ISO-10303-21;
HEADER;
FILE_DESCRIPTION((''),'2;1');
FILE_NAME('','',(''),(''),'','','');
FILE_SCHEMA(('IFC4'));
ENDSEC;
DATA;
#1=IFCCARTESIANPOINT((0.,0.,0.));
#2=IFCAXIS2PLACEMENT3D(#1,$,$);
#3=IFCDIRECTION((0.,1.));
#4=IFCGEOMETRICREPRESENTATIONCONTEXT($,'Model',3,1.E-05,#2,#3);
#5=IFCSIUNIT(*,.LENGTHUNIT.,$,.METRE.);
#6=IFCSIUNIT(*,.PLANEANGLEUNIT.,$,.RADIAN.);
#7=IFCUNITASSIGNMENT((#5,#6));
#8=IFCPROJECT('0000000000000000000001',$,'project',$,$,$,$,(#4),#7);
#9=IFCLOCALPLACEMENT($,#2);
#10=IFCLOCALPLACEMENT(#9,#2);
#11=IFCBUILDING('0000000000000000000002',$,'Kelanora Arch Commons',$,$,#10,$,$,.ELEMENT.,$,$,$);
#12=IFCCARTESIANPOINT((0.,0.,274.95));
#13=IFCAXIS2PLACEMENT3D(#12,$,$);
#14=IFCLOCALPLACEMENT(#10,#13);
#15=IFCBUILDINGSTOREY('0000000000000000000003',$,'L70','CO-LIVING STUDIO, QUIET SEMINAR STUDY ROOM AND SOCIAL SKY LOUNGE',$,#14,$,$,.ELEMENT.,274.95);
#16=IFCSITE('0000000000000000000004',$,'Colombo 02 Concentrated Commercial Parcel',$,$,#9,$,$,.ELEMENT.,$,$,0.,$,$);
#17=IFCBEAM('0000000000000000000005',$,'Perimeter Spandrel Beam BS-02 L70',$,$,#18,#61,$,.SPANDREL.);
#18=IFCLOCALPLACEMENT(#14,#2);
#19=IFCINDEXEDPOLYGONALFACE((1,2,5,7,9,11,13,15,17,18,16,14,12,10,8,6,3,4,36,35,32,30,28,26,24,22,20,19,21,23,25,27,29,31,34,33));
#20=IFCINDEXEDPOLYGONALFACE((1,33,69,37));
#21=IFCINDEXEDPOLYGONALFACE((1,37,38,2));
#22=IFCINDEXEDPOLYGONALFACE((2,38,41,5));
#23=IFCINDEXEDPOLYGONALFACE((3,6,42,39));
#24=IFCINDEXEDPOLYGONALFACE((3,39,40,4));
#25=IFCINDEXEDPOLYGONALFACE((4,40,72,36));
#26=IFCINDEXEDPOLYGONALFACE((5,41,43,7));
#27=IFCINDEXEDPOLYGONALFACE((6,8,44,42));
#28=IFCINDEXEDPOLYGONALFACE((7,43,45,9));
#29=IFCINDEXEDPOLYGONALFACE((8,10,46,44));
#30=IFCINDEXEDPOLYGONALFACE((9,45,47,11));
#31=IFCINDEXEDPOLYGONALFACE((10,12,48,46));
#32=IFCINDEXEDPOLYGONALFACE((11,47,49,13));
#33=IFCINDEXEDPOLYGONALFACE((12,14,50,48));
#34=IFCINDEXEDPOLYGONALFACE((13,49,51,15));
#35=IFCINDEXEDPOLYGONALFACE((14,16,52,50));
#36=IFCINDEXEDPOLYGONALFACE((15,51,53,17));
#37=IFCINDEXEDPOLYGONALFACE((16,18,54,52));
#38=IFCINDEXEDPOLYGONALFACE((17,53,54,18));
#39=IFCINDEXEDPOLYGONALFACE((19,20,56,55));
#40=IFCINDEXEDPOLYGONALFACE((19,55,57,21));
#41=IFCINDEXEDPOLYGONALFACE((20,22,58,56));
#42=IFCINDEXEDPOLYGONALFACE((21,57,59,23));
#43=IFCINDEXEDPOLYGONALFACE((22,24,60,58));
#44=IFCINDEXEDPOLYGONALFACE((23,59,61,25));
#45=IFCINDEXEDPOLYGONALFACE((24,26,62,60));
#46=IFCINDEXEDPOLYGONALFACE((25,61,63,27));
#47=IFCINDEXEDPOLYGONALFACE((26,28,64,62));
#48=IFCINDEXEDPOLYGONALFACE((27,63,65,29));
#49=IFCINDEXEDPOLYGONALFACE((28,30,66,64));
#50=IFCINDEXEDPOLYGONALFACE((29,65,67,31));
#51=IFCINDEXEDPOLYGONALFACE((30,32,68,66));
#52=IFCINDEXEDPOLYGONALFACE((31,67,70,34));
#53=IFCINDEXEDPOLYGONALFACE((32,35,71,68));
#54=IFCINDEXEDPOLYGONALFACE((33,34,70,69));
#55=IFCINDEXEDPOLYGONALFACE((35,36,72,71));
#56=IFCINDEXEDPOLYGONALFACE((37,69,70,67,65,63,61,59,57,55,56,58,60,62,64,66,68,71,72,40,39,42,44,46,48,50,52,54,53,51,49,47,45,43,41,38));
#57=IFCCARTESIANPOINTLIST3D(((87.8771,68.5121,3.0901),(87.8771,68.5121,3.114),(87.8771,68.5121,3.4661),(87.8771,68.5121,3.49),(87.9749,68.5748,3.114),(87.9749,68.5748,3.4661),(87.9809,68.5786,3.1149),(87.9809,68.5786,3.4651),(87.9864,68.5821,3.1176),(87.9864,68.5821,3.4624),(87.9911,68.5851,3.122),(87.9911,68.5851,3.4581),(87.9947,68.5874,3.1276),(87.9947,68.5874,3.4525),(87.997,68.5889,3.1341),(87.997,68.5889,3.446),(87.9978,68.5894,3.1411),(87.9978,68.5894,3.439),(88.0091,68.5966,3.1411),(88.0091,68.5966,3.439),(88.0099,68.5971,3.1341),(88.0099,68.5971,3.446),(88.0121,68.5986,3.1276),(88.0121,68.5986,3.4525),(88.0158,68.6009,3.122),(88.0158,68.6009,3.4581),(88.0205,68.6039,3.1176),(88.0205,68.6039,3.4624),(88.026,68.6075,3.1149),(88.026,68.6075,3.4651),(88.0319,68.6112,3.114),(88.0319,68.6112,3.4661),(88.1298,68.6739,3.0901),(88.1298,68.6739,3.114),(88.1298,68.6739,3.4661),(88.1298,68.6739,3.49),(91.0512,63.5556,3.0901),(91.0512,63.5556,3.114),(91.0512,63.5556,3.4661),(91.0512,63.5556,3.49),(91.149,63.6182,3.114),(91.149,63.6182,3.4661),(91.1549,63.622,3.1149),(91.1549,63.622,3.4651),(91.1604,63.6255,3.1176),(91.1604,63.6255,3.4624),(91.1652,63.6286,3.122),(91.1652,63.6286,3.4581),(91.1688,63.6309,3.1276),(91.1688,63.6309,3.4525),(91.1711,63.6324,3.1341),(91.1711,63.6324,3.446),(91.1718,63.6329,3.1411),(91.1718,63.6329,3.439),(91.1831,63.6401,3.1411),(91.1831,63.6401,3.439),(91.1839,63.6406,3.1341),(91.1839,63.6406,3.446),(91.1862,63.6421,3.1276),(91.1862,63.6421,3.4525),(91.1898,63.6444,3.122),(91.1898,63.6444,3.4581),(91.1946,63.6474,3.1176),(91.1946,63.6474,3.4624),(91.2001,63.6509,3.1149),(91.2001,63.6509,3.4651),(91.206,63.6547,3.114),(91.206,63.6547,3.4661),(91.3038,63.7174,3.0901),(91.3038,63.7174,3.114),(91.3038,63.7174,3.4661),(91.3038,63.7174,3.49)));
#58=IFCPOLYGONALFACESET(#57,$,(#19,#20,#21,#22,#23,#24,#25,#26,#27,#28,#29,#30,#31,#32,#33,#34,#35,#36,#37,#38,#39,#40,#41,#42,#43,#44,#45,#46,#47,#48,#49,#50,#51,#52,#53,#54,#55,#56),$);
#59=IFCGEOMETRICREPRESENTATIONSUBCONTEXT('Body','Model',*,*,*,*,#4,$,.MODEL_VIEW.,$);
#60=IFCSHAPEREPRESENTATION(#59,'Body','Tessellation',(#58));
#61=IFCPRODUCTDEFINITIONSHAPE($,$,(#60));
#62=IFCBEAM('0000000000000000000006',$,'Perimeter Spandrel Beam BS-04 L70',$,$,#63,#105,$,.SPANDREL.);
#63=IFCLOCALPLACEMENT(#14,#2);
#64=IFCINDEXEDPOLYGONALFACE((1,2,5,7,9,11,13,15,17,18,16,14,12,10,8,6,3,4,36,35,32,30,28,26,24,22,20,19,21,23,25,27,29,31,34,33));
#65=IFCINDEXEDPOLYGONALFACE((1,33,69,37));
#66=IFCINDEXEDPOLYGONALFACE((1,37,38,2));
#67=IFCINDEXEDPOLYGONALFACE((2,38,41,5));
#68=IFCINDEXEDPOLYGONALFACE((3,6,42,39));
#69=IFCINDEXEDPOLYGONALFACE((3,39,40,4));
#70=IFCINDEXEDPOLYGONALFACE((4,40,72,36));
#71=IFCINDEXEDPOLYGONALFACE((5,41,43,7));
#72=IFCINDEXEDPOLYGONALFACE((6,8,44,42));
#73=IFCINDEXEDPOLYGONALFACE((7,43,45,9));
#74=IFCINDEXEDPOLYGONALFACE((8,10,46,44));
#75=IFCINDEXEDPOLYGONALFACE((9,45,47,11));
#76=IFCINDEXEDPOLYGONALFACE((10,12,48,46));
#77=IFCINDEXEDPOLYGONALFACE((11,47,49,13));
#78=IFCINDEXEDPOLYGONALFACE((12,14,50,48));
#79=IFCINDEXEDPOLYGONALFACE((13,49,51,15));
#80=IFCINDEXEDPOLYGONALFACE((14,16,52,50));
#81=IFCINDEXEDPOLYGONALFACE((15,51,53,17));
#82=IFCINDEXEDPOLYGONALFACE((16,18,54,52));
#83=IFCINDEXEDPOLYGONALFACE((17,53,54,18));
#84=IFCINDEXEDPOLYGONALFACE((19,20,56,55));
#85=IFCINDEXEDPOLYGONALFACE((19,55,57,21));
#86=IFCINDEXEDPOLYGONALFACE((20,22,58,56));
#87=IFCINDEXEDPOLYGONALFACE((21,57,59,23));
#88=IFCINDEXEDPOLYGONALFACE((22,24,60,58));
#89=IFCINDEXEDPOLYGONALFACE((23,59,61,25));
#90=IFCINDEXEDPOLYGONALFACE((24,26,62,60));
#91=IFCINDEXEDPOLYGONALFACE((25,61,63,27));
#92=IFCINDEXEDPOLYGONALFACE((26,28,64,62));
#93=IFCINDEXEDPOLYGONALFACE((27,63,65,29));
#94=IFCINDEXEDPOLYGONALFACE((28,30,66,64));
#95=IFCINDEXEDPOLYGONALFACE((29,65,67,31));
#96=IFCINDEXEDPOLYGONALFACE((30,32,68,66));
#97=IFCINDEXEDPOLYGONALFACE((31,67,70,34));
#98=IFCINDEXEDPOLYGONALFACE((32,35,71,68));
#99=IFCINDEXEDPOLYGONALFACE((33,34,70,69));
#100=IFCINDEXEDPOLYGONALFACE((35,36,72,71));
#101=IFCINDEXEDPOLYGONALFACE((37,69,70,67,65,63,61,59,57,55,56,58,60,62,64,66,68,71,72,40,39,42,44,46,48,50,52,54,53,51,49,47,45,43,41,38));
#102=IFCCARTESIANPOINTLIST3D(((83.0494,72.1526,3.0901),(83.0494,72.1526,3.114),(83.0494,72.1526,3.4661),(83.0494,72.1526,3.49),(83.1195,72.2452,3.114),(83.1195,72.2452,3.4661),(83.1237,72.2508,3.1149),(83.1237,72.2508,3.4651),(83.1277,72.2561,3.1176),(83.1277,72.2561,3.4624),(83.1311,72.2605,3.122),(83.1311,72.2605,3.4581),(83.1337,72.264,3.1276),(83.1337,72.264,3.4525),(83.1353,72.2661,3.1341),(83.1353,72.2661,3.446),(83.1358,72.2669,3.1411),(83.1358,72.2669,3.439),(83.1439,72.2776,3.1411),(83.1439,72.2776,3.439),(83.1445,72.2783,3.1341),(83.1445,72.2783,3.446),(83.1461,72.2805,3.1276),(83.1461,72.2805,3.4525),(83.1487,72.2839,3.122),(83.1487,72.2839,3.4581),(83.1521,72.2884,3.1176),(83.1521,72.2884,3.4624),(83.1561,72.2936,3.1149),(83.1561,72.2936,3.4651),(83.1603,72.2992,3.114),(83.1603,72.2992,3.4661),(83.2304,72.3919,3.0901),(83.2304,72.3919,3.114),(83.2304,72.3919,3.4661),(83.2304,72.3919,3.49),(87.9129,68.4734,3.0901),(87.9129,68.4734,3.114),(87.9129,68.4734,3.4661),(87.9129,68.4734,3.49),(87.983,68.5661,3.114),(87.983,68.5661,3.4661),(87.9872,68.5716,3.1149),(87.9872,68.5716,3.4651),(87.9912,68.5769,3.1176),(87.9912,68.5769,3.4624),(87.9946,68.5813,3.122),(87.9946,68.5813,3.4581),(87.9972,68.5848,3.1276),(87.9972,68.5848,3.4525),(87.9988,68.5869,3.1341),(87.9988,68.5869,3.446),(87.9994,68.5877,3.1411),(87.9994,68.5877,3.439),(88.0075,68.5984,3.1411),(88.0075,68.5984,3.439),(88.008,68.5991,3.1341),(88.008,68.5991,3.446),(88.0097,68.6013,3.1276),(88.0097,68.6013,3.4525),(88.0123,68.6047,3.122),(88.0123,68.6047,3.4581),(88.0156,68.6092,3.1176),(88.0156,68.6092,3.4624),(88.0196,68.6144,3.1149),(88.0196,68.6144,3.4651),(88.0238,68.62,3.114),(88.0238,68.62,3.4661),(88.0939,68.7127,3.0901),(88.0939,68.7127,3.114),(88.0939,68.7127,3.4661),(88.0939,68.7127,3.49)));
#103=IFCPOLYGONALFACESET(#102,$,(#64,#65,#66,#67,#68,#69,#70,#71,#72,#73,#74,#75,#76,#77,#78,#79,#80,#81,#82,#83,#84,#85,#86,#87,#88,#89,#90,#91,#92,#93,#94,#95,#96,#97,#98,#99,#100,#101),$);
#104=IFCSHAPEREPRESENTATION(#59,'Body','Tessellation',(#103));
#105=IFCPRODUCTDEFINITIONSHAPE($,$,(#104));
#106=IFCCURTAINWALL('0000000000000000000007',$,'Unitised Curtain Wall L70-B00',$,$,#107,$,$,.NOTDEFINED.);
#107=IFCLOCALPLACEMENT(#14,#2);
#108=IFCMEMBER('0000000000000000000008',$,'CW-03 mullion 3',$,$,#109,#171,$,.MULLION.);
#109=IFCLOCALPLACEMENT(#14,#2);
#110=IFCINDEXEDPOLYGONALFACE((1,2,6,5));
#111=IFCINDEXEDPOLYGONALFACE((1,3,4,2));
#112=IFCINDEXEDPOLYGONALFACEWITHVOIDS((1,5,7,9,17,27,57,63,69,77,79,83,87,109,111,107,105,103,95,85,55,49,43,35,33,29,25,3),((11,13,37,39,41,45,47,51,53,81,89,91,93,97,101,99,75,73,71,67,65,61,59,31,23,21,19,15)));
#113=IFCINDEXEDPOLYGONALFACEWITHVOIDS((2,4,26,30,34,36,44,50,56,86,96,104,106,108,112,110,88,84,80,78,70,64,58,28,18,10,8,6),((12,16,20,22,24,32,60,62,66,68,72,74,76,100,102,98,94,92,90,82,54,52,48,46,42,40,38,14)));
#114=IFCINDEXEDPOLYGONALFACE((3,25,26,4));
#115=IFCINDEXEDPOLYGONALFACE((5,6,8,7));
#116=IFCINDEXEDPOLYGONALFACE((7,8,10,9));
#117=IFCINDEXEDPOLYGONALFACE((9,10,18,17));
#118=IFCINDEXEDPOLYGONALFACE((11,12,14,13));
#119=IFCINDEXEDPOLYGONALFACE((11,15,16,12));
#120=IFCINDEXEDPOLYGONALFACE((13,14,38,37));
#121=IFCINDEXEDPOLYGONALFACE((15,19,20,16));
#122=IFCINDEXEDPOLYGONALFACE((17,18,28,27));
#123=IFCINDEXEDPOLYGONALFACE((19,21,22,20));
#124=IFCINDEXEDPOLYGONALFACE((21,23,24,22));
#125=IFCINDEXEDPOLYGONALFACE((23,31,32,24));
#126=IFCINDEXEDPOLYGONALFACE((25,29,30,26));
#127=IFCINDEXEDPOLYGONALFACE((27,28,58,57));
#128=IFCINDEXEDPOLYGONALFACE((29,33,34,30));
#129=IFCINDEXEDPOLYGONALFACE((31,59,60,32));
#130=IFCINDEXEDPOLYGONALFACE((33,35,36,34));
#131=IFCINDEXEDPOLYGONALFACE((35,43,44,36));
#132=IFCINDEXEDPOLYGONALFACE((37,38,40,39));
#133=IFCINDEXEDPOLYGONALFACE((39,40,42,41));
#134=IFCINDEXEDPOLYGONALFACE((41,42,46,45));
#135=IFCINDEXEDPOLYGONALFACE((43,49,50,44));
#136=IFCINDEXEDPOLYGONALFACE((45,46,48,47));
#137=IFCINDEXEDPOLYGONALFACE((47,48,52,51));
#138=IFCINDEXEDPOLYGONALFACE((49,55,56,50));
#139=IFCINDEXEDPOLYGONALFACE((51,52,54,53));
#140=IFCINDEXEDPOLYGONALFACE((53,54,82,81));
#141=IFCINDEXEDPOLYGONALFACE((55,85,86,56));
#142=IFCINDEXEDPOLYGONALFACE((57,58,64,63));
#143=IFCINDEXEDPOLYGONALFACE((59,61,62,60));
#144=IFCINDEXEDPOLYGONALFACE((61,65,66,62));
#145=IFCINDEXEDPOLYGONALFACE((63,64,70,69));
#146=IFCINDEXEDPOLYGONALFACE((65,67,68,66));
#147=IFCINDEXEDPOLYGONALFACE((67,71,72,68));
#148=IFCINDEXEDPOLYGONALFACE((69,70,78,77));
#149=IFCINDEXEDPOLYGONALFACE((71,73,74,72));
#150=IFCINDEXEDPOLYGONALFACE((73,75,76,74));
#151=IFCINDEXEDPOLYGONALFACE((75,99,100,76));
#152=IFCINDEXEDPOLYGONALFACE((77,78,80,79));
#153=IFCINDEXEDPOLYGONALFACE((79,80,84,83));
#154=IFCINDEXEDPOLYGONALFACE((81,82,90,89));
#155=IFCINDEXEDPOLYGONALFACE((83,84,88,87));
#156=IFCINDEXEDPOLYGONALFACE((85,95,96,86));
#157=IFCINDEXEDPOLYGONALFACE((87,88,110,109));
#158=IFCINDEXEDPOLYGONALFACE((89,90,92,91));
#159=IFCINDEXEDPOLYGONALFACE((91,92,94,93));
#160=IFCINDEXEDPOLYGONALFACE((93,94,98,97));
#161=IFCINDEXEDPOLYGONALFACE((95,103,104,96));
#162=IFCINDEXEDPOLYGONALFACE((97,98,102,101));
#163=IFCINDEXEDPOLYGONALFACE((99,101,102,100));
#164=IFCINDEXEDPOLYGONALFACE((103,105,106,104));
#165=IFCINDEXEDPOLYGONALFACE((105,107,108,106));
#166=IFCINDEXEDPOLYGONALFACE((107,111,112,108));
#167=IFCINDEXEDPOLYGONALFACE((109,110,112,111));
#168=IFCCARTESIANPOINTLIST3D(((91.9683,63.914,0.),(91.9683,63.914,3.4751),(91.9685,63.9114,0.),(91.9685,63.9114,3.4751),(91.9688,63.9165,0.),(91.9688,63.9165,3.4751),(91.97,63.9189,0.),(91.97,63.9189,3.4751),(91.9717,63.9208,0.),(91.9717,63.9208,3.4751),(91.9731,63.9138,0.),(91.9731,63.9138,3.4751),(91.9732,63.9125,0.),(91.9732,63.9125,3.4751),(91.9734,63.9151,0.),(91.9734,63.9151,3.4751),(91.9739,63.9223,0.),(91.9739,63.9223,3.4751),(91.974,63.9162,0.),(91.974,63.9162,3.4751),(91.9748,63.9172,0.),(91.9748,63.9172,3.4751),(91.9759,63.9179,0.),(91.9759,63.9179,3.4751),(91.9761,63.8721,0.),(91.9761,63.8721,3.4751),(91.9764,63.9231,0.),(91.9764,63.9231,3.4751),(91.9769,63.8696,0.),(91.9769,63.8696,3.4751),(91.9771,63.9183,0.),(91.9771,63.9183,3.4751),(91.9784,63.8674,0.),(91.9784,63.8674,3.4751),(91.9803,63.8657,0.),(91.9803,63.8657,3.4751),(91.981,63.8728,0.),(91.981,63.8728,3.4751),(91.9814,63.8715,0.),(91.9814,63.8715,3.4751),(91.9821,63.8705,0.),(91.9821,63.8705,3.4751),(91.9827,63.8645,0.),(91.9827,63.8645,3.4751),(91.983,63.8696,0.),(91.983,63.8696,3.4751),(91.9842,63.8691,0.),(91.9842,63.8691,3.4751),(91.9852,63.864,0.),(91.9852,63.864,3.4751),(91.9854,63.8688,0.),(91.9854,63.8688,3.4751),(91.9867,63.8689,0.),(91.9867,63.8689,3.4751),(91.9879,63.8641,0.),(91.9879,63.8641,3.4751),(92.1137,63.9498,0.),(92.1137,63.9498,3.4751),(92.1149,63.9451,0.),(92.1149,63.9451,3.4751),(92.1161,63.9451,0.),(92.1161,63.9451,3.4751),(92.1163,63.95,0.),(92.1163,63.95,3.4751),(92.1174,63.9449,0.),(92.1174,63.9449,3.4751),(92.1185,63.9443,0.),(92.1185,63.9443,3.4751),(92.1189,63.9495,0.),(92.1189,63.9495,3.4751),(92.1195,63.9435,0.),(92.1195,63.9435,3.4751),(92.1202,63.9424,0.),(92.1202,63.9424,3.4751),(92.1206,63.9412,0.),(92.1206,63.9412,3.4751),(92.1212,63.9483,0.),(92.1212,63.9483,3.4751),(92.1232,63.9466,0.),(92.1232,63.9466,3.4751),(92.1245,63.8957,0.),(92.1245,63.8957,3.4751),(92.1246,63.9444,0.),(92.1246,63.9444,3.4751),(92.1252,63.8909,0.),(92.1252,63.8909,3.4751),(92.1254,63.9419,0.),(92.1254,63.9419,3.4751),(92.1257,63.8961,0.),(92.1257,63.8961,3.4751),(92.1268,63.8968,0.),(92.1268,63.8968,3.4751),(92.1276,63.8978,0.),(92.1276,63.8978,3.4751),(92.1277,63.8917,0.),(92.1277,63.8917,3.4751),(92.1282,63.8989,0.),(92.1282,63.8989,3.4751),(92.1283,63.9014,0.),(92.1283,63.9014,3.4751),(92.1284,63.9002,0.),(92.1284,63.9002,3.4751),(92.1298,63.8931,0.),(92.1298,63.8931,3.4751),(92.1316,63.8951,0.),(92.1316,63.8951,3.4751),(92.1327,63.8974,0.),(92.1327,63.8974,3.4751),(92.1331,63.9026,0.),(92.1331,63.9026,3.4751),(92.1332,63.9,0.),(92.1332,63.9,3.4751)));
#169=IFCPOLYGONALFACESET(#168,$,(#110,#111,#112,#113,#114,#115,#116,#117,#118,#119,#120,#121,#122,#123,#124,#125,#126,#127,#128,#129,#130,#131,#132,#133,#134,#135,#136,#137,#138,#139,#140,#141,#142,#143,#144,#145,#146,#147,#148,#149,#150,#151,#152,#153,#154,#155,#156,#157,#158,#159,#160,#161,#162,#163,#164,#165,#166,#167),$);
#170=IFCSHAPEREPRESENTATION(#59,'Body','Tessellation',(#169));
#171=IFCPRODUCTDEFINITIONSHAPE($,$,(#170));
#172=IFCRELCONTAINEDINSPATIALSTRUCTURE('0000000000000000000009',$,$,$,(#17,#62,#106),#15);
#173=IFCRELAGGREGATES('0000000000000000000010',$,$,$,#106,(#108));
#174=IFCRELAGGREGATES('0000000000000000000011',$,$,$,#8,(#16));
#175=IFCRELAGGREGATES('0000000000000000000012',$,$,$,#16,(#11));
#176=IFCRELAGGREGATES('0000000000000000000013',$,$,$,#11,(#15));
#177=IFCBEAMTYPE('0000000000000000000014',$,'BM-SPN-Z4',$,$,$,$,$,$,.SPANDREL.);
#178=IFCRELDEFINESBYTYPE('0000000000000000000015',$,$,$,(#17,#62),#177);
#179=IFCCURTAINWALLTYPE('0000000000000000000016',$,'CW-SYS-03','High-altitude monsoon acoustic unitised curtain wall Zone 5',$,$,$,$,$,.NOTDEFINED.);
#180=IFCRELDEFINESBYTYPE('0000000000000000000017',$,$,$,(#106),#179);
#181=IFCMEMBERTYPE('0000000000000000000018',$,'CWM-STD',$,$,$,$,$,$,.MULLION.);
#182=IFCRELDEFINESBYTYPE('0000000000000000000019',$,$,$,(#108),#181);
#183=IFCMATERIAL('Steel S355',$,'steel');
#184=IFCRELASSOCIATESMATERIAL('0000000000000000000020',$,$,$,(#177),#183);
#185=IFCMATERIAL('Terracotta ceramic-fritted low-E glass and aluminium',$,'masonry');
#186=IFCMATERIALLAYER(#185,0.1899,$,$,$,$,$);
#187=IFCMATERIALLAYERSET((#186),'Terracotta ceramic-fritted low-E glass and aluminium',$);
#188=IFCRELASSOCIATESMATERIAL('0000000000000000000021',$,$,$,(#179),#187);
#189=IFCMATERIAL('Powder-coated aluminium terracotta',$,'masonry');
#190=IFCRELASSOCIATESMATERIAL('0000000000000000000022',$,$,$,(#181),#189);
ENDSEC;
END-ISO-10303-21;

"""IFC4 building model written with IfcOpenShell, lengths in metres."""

from ifc_helpers import new_model, si_unit, direction, frame, origin, origin_2d, place, context, subcontext, project, spatial, hollow_rectangle, i_section, extrude, material, layer, layer_set, material_profile, profile_set, type_object, element, aggregate, save


model = new_model("IFC4")

# Units and contexts
model_context = context("Model", 3, precision=1e-05, world=origin(), true_north=direction((0.0, 1.0)))
body_context = subcontext(model_context, "Body", "Model", "MODEL_VIEW")
ifc_project = project(units=[si_unit("LENGTHUNIT", "METRE"), si_unit("PLANEANGLEUNIT", "RADIAN")], contexts=[model_context])

# Site, building, storey
site_placement = place(None, origin())
site = spatial("IfcSite", under=ifc_project, at=site_placement, Name="Colombo 02 Concentrated Commercial Parcel", CompositionType="ELEMENT", RefElevation=0.0)
building_placement = place(site_placement, origin())
building = spatial("IfcBuilding", under=site, at=building_placement, Name="Kelanora Arch Commons", CompositionType="ELEMENT")
storey_placement = place(building_placement, frame((0.0, 0.0, 274.95)))
storey = spatial("IfcBuildingStorey", under=building, at=storey_placement, Name="L70", Description="CO-LIVING STUDIO, QUIET SEMINAR STUDY ROOM AND SOCIAL SKY LOUNGE", CompositionType="ELEMENT", Elevation=274.95)

# Beams
ifc_material_1 = material(Name="Steel S355", Category="steel")
ifc_material_profile_1 = material_profile(ifc_material_1, i_section(OverallWidth=0.3, OverallDepth=0.3999, WebThickness=0.0134, FlangeThickness=0.0239, FilletRadius=0.0271, at=origin_2d()), Name="HEB400")
ifc_profile_set_1 = profile_set([ifc_material_profile_1], Name="Steel S355")
beam_type_1 = type_object("IfcBeamType", Name="BM-SPN-Z4", PredefinedType="SPANDREL", material=ifc_profile_set_1)
beam_1_placement = place(storey_placement, frame((91.1775, 63.6365, 3.29), z_axis=(-0.539281, 0.842126, 0.0), x_axis=(-0.842126, -0.539281, 0.0)))
element("IfcBeam", 1, at=beam_1_placement, inside=storey, type_object=beam_type_1, Name="Perimeter Spandrel Beam BS-02 L70", PredefinedType="SPANDREL", context=body_context, shape_type="SweptSolid", body=[
    extrude(i_section(OverallWidth=0.3, OverallDepth=0.3999, WebThickness=0.0134, FlangeThickness=0.0239, FilletRadius=0.0271, at=origin_2d()), origin(), (0.0, 0.0, 1.0), 5.8857),
])
beam_2_placement = place(storey_placement, frame((88.0034, 68.593, 3.29), z_axis=(-0.797509, 0.603306, 0.0), x_axis=(-0.603306, -0.797509, 0.0)))
element("IfcBeam", 2, at=beam_2_placement, inside=storey, type_object=beam_type_1, Name="Perimeter Spandrel Beam BS-04 L70", PredefinedType="SPANDREL", context=body_context, shape_type="SweptSolid", body=[
    extrude(i_section(OverallWidth=0.3, OverallDepth=0.3999, WebThickness=0.0134, FlangeThickness=0.0239, FilletRadius=0.0271, at=origin_2d()), origin(), (0.0, 0.0, 1.0), 6.0984),
])

# Curtain wall, member
ifc_material_2 = material(Name="Terracotta ceramic-fritted low-E glass and aluminium", Category="masonry")
ifc_layer_1 = layer(ifc_material_2, 0.1899)
ifc_layer_set_1 = layer_set([ifc_layer_1], Name="Terracotta ceramic-fritted low-E glass and aluminium")
curtain_wall_type = type_object("IfcCurtainWallType", Name="CW-SYS-03", Description="High-altitude monsoon acoustic unitised curtain wall Zone 5", PredefinedType="NOTDEFINED", material=ifc_layer_set_1)
curtain_wall_1_placement = place(storey_placement, origin())
curtain_wall_1 = element("IfcCurtainWall", 3, at=curtain_wall_1_placement, inside=storey, type_object=curtain_wall_type, Name="Unitised Curtain Wall L70-B00", PredefinedType="NOTDEFINED")
ifc_material_3 = material(Name="Powder-coated aluminium terracotta", Category="masonry")
ifc_material_profile_2 = material_profile(ifc_material_3, hollow_rectangle(XDim=0.1599, YDim=0.0601, WallThickness=0.0049, InnerFilletRadius=0.0049, OuterFilletRadius=0.01, at=origin_2d()), Name="CWM160x60")
ifc_profile_set_2 = profile_set([ifc_material_profile_2], Name="Powder-coated aluminium terracotta")
member_type_1 = type_object("IfcMemberType", Name="CWM-STD", PredefinedType="MULLION", material=ifc_profile_set_2)
member_1_placement = place(storey_placement, frame((92.0508, 63.907, 0.0), z_axis=(0.0, 0.0, 1.0), x_axis=(-0.981596, -0.190972, 0.0)))
member_1 = element("IfcMember", 4, at=member_1_placement, type_object=member_type_1, Name="CW-03 mullion 3", PredefinedType="MULLION", context=body_context, shape_type="SweptSolid", body=[
    extrude(hollow_rectangle(XDim=0.1599, YDim=0.0601, WallThickness=0.0049, InnerFilletRadius=0.0049, OuterFilletRadius=0.01, at=origin_2d()), origin(), (0.0, 0.0, 1.0), 3.4751),
])
aggregate(curtain_wall_1, [member_1])

save(model, "model.ifc")
